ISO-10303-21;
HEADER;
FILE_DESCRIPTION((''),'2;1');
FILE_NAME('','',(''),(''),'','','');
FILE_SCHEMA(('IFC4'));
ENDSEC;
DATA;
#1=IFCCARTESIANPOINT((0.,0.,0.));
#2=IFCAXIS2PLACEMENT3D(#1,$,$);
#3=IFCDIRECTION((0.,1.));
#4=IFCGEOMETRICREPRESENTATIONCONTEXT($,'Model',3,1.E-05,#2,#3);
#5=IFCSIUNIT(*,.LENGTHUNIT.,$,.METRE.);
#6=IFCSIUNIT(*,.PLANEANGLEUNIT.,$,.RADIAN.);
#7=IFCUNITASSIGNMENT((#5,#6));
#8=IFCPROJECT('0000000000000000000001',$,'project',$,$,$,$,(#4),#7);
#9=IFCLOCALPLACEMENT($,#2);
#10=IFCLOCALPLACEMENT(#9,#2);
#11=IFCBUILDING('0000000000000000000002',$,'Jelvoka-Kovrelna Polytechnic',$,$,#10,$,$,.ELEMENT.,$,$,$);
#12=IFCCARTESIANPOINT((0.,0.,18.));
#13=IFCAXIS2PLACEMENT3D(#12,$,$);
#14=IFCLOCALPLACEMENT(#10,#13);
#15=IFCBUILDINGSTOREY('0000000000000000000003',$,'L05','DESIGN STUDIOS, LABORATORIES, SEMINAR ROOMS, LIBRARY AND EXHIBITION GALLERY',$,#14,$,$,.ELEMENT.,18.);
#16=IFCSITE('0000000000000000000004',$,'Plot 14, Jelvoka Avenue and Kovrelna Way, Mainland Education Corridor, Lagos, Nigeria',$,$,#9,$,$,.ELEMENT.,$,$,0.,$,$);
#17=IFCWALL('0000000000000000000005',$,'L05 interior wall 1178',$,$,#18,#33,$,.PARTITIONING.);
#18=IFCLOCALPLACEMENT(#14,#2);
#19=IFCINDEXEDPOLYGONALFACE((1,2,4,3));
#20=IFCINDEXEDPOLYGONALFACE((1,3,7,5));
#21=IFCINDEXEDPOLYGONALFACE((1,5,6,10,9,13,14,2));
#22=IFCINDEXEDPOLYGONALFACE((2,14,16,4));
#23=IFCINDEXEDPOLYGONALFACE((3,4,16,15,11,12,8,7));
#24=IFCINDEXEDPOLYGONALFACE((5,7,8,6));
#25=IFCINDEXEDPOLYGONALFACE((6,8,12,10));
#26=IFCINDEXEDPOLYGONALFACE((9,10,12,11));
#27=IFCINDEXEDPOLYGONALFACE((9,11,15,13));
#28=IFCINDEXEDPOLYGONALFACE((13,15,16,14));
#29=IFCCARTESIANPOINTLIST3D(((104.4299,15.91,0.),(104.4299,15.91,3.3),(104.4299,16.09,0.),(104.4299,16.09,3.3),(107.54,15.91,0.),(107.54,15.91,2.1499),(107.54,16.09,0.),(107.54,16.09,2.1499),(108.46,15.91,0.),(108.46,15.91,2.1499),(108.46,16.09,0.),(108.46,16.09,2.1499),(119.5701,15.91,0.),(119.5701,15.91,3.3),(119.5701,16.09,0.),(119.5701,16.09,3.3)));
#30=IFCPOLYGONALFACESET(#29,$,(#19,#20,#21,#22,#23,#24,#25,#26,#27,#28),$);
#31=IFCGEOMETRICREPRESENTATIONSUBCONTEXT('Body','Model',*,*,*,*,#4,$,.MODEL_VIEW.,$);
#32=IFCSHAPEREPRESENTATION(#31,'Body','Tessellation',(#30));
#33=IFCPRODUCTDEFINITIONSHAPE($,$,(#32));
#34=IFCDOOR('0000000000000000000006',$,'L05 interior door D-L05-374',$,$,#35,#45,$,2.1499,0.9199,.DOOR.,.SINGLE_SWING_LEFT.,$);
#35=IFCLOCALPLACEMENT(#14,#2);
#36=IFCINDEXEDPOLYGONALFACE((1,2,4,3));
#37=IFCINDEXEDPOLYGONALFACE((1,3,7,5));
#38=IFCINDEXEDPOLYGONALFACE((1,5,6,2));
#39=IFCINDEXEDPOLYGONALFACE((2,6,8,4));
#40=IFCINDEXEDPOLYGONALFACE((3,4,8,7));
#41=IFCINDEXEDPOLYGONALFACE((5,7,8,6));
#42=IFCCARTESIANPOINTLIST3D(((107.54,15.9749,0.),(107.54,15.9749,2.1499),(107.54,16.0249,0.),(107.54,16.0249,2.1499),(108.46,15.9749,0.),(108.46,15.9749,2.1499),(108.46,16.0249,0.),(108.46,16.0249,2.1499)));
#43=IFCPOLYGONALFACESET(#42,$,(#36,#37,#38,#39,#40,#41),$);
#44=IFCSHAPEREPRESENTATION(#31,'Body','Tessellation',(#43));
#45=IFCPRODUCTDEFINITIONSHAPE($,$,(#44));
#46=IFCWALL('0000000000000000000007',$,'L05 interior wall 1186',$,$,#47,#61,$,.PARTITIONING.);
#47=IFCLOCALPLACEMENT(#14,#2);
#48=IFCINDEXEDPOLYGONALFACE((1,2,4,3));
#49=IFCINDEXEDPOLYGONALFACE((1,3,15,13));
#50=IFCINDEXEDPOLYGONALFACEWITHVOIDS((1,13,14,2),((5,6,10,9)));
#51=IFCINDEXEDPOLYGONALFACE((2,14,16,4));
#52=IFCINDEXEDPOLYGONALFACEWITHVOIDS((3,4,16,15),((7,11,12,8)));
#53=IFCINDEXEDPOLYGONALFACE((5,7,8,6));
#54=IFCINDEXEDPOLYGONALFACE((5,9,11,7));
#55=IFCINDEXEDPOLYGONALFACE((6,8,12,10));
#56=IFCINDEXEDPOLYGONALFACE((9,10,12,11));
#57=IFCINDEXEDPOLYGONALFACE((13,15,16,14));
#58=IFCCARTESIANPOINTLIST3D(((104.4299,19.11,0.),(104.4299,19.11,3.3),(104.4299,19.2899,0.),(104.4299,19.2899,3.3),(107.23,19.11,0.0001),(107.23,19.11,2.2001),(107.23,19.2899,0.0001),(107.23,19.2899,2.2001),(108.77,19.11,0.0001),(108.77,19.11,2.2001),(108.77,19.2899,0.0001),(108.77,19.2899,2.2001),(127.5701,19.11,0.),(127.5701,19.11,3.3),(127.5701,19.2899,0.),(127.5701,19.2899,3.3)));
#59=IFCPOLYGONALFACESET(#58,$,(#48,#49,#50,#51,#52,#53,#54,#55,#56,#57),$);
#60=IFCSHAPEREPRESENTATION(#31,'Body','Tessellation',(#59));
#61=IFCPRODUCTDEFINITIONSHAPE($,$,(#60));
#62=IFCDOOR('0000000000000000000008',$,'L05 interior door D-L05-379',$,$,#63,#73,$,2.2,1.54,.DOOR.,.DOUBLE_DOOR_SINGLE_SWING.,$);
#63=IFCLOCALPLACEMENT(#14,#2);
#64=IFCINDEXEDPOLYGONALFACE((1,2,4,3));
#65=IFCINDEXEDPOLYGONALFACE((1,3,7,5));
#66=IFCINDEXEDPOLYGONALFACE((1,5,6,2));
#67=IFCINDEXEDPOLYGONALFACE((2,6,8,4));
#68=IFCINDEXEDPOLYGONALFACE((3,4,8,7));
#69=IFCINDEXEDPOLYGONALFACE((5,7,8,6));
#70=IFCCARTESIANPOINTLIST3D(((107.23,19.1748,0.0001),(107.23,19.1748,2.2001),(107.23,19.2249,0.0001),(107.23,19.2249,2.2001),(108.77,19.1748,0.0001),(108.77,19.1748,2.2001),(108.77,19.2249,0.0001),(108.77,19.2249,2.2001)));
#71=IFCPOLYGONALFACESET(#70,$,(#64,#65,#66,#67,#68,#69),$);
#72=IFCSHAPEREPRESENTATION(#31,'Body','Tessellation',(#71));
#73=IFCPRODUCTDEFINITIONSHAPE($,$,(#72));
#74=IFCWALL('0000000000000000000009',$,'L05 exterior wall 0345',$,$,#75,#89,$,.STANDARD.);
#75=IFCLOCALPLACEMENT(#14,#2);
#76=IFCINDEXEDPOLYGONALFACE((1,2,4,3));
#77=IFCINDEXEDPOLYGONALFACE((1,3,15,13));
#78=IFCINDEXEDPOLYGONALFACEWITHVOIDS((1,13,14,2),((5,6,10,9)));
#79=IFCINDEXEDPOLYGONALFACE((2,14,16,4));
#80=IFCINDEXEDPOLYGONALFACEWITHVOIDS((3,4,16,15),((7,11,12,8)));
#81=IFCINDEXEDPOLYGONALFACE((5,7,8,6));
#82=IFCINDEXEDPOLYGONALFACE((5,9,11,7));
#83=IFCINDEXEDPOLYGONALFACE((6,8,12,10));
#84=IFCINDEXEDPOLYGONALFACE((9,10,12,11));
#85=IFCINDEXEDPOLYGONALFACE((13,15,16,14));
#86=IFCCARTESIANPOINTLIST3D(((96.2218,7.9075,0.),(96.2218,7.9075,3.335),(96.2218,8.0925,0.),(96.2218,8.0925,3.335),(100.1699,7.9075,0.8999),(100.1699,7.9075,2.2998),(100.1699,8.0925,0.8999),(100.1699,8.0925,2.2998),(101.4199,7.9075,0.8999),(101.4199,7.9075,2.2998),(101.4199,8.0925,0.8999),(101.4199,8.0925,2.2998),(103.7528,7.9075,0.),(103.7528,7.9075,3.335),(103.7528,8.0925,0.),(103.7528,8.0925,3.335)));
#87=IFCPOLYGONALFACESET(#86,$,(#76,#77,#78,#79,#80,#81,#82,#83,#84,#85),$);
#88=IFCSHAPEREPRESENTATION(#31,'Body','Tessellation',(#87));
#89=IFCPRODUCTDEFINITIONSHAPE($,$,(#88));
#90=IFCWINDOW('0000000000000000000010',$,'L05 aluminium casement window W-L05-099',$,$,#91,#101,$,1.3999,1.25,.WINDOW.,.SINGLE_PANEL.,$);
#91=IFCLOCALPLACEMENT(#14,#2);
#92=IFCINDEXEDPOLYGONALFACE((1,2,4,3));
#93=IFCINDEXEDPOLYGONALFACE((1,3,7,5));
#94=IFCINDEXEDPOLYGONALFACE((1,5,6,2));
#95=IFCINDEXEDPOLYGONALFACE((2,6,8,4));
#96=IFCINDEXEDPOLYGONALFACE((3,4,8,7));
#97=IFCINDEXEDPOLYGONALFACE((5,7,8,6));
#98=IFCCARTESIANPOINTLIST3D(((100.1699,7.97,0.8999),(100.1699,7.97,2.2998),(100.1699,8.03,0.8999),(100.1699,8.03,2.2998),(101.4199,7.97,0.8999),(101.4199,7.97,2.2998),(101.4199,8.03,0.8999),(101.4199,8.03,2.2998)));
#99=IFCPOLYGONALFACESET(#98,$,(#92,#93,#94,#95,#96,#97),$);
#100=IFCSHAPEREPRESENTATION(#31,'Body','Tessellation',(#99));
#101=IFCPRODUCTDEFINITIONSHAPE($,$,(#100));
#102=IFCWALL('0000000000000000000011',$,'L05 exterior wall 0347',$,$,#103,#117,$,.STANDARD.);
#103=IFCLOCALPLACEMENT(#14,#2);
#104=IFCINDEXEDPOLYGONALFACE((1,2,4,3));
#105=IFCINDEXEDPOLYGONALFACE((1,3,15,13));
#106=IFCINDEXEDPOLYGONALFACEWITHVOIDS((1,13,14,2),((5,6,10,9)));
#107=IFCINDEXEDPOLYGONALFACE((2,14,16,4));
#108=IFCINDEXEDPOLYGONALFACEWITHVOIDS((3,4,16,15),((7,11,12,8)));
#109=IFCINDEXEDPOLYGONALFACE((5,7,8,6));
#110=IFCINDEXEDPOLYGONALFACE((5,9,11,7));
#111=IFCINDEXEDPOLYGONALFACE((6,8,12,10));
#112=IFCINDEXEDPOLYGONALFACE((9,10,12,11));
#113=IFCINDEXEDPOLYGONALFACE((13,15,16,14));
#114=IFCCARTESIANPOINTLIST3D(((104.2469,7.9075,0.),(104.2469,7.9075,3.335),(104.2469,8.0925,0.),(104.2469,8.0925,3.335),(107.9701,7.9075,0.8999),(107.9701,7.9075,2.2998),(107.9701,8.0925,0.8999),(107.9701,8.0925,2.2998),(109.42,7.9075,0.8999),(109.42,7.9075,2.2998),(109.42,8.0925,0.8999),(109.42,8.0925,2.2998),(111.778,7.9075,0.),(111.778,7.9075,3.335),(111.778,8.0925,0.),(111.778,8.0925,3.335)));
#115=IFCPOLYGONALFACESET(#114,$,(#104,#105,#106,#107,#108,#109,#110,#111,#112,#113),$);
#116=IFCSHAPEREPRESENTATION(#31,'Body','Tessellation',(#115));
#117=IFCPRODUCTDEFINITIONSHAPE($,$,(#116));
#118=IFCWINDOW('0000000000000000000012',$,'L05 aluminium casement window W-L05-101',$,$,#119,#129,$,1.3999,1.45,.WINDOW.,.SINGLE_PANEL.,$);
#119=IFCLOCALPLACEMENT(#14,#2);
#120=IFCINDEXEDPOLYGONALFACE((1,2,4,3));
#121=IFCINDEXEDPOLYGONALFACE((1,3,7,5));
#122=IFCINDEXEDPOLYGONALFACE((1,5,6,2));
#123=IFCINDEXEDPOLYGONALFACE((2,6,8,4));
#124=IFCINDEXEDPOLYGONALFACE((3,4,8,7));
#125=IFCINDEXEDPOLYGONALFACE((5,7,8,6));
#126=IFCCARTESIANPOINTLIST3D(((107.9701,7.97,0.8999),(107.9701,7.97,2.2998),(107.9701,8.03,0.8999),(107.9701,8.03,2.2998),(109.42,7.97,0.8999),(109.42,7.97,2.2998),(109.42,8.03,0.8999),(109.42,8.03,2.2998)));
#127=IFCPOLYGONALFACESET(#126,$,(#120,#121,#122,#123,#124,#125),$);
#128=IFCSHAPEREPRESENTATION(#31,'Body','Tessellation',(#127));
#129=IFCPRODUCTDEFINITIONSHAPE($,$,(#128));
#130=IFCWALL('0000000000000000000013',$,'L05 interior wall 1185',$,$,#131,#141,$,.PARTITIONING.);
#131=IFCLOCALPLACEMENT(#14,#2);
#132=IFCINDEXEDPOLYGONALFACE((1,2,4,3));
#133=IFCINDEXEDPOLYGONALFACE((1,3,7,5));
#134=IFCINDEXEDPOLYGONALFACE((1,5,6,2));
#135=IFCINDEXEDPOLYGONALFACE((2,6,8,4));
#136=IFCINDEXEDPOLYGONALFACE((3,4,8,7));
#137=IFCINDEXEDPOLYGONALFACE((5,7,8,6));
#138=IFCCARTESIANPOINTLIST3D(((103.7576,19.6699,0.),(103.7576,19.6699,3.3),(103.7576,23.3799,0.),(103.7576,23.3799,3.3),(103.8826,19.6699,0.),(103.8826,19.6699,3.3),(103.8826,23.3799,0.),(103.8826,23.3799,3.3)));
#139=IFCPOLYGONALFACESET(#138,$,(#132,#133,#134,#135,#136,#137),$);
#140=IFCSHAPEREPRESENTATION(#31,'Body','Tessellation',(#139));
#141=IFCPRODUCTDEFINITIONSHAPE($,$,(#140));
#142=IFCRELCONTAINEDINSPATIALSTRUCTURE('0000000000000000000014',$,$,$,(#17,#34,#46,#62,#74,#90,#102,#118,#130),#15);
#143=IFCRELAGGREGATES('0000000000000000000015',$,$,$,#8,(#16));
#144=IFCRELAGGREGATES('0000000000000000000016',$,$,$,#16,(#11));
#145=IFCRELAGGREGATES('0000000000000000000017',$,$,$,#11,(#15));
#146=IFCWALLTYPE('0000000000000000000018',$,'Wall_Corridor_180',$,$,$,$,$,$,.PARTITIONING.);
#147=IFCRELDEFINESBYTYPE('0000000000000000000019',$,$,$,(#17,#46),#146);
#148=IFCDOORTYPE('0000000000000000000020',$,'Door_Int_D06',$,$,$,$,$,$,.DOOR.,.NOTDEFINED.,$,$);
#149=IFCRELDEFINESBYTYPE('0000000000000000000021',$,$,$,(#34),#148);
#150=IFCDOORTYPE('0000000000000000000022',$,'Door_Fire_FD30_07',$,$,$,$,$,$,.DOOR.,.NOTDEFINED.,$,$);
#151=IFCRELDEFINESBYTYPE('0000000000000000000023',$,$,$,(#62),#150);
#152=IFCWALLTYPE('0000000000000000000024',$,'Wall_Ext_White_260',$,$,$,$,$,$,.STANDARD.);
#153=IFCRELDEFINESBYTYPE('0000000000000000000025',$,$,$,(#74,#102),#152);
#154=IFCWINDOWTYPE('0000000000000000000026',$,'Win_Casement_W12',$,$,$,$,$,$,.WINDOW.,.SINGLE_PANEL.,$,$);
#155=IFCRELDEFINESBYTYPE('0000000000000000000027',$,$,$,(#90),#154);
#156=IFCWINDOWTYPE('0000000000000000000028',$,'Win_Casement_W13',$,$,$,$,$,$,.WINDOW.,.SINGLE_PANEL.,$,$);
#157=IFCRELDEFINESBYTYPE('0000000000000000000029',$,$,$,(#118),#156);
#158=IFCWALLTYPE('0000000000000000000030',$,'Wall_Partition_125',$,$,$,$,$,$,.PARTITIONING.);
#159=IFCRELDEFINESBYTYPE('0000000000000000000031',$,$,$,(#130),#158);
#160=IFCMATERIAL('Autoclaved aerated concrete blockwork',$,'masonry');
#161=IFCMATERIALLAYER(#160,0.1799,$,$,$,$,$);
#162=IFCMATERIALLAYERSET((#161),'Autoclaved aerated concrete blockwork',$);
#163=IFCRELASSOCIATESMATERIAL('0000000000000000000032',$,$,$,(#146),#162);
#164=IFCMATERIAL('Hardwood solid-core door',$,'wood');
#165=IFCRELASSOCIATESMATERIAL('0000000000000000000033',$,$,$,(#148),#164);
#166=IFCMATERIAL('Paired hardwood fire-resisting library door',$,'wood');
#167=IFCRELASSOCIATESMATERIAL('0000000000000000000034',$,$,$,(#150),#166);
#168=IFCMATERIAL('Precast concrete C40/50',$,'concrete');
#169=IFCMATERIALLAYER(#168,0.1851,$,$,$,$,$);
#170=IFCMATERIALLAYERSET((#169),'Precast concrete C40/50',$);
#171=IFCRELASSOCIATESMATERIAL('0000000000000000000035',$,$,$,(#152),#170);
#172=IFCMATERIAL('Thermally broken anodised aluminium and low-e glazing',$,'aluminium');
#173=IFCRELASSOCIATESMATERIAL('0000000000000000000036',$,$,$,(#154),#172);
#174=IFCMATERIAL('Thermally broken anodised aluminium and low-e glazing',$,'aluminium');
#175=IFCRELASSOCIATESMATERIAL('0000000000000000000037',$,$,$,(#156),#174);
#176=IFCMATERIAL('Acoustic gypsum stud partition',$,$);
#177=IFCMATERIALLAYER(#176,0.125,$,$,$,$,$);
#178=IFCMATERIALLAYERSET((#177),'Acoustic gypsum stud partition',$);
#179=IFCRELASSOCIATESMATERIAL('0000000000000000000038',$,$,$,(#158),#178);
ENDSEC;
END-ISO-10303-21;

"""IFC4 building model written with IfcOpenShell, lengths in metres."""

from ifc_helpers import new_model, si_unit, direction, frame, frame_2d, origin, place, context, subcontext, project, spatial, rectangle, extrude, material, layer, layer_set, type_object, element, fill, save


model = new_model("IFC4")

# Units and contexts
model_context = context("Model", 3, precision=1e-05, world=origin(), true_north=direction((0.0, 1.0)))
body_context = subcontext(model_context, "Body", "Model", "MODEL_VIEW")
ifc_project = project(units=[si_unit("LENGTHUNIT", "METRE"), si_unit("PLANEANGLEUNIT", "RADIAN")], contexts=[model_context])

# Site, building, storey
site_placement = place(None, origin())
site = spatial("IfcSite", under=ifc_project, at=site_placement, Name="Plot 14, Jelvoka Avenue and Kovrelna Way, Mainland Education Corridor, Lagos, Nigeria", CompositionType="ELEMENT", RefElevation=0.0)
building_placement = place(site_placement, origin())
building = spatial("IfcBuilding", under=site, at=building_placement, Name="Jelvoka-Kovrelna Polytechnic", CompositionType="ELEMENT")
storey_placement = place(building_placement, frame((0.0, 0.0, 18.0)))
storey = spatial("IfcBuildingStorey", under=building, at=storey_placement, Name="L05", Description="DESIGN STUDIOS, LABORATORIES, SEMINAR ROOMS, LIBRARY AND EXHIBITION GALLERY", CompositionType="ELEMENT", Elevation=18.0)

# Walls, openings, doors
ifc_material_1 = material(Name="Autoclaved aerated concrete blockwork", Category="masonry")
ifc_layer_1 = layer(ifc_material_1, 0.1799)
ifc_layer_set_1 = layer_set([ifc_layer_1], Name="Autoclaved aerated concrete blockwork")
wall_type_1 = type_object("IfcWallType", Name="Wall_Corridor_180", PredefinedType="PARTITIONING", material=ifc_layer_set_1)
wall_1_placement = place(storey_placement, frame((104.4299, 16.0, 0.0), z_axis=(0.0, 0.0, 1.0), x_axis=(1.0, 0.0, 0.0)))
wall_1 = element("IfcWall", 1, at=wall_1_placement, inside=storey, type_object=wall_type_1, Name="L05 interior wall 1178", PredefinedType="PARTITIONING", context=body_context, shape_type="SweptSolid", body=[
    extrude(rectangle(XDim=15.1401, YDim=0.1799, at=frame_2d((7.5701, 0.0))), origin(), (0.0, 0.0, 1.0), 3.3),
])
opening_1_placement = place(wall_1_placement, frame((3.1101, 0.0, 0.0)))
opening_1 = element("IfcOpeningElement", 2, at=opening_1_placement, cuts=wall_1, PredefinedType="OPENING", context=body_context, shape_type="SweptSolid", body=[
    extrude(rectangle(XDim=0.9199, YDim=2.1499, at=frame_2d((0.46, 1.075))), frame((0.0, 0.0999, 0.0), z_axis=(0.0, -1.0, 0.0), x_axis=(1.0, 0.0, 0.0)), (0.0, 0.0, 1.0), 0.2),
])
ifc_material_2 = material(Name="Hardwood solid-core door", Category="wood")
door_type_1 = type_object("IfcDoorType", Name="Door_Int_D06", OperationType="NOTDEFINED", PredefinedType="DOOR", material=ifc_material_2)
door_1_placement = place(opening_1_placement, origin())
door_1 = element("IfcDoor", 3, at=door_1_placement, inside=storey, type_object=door_type_1, Name="L05 interior door D-L05-374", OperationType="SINGLE_SWING_LEFT", OverallHeight=2.1499, OverallWidth=0.9199, PredefinedType="DOOR", context=body_context, shape_type="SweptSolid", body=[
    extrude(rectangle(XDim=0.9199, YDim=2.1499, at=frame_2d((0.46, 1.075))), frame((0.0, 0.0249, 0.0), z_axis=(0.0, -1.0, 0.0), x_axis=(1.0, 0.0, 0.0)), (0.0, 0.0, 1.0), 0.05),
])
fill(opening_1, door_1)
wall_2_placement = place(storey_placement, frame((104.4299, 19.2, 0.0), z_axis=(0.0, 0.0, 1.0), x_axis=(1.0, 0.0, 0.0)))
wall_2 = element("IfcWall", 4, at=wall_2_placement, inside=storey, type_object=wall_type_1, Name="L05 interior wall 1186", PredefinedType="PARTITIONING", context=body_context, shape_type="SweptSolid", body=[
    extrude(rectangle(XDim=23.1401, YDim=0.1799, at=frame_2d((11.5701, 0.0))), origin(), (0.0, 0.0, 1.0), 3.3),
])
opening_2_placement = place(wall_2_placement, frame((2.8, 0.0, 0.0)))
opening_2 = element("IfcOpeningElement", 5, at=opening_2_placement, cuts=wall_2, PredefinedType="OPENING", context=body_context, shape_type="SweptSolid", body=[
    extrude(rectangle(XDim=1.54, YDim=2.2, at=frame_2d((0.77, 1.1001))), frame((0.0, 0.0999, 0.0), z_axis=(0.0, -1.0, 0.0), x_axis=(1.0, 0.0, 0.0)), (0.0, 0.0, 1.0), 0.2),
])
ifc_material_3 = material(Name="Paired hardwood fire-resisting library door", Category="wood")
door_type_2 = type_object("IfcDoorType", Name="Door_Fire_FD30_07", OperationType="NOTDEFINED", PredefinedType="DOOR", material=ifc_material_3)
door_2_placement = place(opening_2_placement, origin())
door_2 = element("IfcDoor", 6, at=door_2_placement, inside=storey, type_object=door_type_2, Name="L05 interior door D-L05-379", OperationType="DOUBLE_DOOR_SINGLE_SWING", OverallHeight=2.2, OverallWidth=1.54, PredefinedType="DOOR", context=body_context, shape_type="SweptSolid", body=[
    extrude(rectangle(XDim=1.54, YDim=2.2, at=frame_2d((0.77, 1.1001))), frame((0.0, 0.0249, 0.0), z_axis=(0.0, -1.0, 0.0), x_axis=(1.0, 0.0, 0.0)), (0.0, 0.0, 1.0), 0.05),
])
fill(opening_2, door_2)

# Walls, openings, windows
ifc_material_4 = material(Name="Precast concrete C40/50", Category="concrete")
ifc_layer_2 = layer(ifc_material_4, 0.1851)
ifc_layer_set_2 = layer_set([ifc_layer_2], Name="Precast concrete C40/50")
wall_type_2 = type_object("IfcWallType", Name="Wall_Ext_White_260", PredefinedType="STANDARD", material=ifc_layer_set_2)
wall_3_placement = place(storey_placement, frame((103.7529, 8.0, 0.0), z_axis=(0.0, 0.0, 1.0), x_axis=(-1.0, 0.0, 0.0)))
wall_3 = element("IfcWall", 7, at=wall_3_placement, inside=storey, type_object=wall_type_2, Name="L05 exterior wall 0345", PredefinedType="STANDARD", context=body_context, shape_type="SweptSolid", body=[
    extrude(rectangle(XDim=7.531, YDim=0.1851, at=frame_2d((3.7656, 0.0))), origin(), (0.0, 0.0, 1.0), 3.335),
])
opening_3_placement = place(wall_3_placement, frame((2.333, 0.0, 0.8999)))
opening_3 = element("IfcOpeningElement", 8, at=opening_3_placement, cuts=wall_3, PredefinedType="OPENING", context=body_context, shape_type="SweptSolid", body=[
    extrude(rectangle(XDim=1.25, YDim=1.3999, at=frame_2d((0.625, 0.7))), frame((0.0, 0.1025, 0.0), z_axis=(0.0, -1.0, 0.0), x_axis=(1.0, 0.0, 0.0)), (0.0, 0.0, 1.0), 0.2051),
])
ifc_material_5 = material(Name="Thermally broken anodised aluminium and low-e glazing", Category="aluminium")
window_type_1 = type_object("IfcWindowType", Name="Win_Casement_W12", PartitioningType="SINGLE_PANEL", PredefinedType="WINDOW", material=ifc_material_5)
window_1_placement = place(opening_3_placement, origin())
window_1 = element("IfcWindow", 9, at=window_1_placement, inside=storey, type_object=window_type_1, Name="L05 aluminium casement window W-L05-099", OverallHeight=1.3999, OverallWidth=1.25, PartitioningType="SINGLE_PANEL", PredefinedType="WINDOW", context=body_context, shape_type="SweptSolid", body=[
    extrude(rectangle(XDim=1.25, YDim=1.3999, at=frame_2d((0.625, 0.7))), frame((0.0, 0.03, 0.0), z_axis=(0.0, -1.0, 0.0), x_axis=(1.0, 0.0, 0.0)), (0.0, 0.0, 1.0), 0.0601),
])
fill(opening_3, window_1)
wall_4_placement = place(storey_placement, frame((111.7781, 8.0, 0.0), z_axis=(0.0, 0.0, 1.0), x_axis=(-1.0, 0.0, 0.0)))
wall_4 = element("IfcWall", 10, at=wall_4_placement, inside=storey, type_object=wall_type_2, Name="L05 exterior wall 0347", PredefinedType="STANDARD", context=body_context, shape_type="SweptSolid", body=[
    extrude(rectangle(XDim=7.531, YDim=0.1851, at=frame_2d((3.7656, 0.0))), origin(), (0.0, 0.0, 1.0), 3.335),
])
opening_4_placement = place(wall_4_placement, frame((2.3579, 0.0, 0.8999)))
opening_4 = element("IfcOpeningElement", 11, at=opening_4_placement, cuts=wall_4, PredefinedType="OPENING", context=body_context, shape_type="SweptSolid", body=[
    extrude(rectangle(XDim=1.45, YDim=1.3999, at=frame_2d((0.7251, 0.7))), frame((0.0, 0.1025, 0.0), z_axis=(0.0, -1.0, 0.0), x_axis=(1.0, 0.0, 0.0)), (0.0, 0.0, 1.0), 0.2051),
])
ifc_material_6 = material(Name="Thermally broken anodised aluminium and low-e glazing", Category="aluminium")
window_type_2 = type_object("IfcWindowType", Name="Win_Casement_W13", PartitioningType="SINGLE_PANEL", PredefinedType="WINDOW", material=ifc_material_6)
window_2_placement = place(opening_4_placement, origin())
window_2 = element("IfcWindow", 12, at=window_2_placement, inside=storey, type_object=window_type_2, Name="L05 aluminium casement window W-L05-101", OverallHeight=1.3999, OverallWidth=1.45, PartitioningType="SINGLE_PANEL", PredefinedType="WINDOW", context=body_context, shape_type="SweptSolid", body=[
    extrude(rectangle(XDim=1.45, YDim=1.3999, at=frame_2d((0.7251, 0.7))), frame((0.0, 0.03, 0.0), z_axis=(0.0, -1.0, 0.0), x_axis=(1.0, 0.0, 0.0)), (0.0, 0.0, 1.0), 0.0601),
])
fill(opening_4, window_2)

# Wall
ifc_material_7 = material(Name="Acoustic gypsum stud partition")
ifc_layer_3 = layer(ifc_material_7, 0.125)
ifc_layer_set_3 = layer_set([ifc_layer_3], Name="Acoustic gypsum stud partition")
wall_type_3 = type_object("IfcWallType", Name="Wall_Partition_125", PredefinedType="PARTITIONING", material=ifc_layer_set_3)
wall_5_placement = place(storey_placement, frame((103.8201, 19.6699, 0.0), z_axis=(0.0, 0.0, 1.0), x_axis=(0.0, 1.0, 0.0)))
element("IfcWall", 13, at=wall_5_placement, inside=storey, type_object=wall_type_3, Name="L05 interior wall 1185", PredefinedType="PARTITIONING", context=body_context, shape_type="SweptSolid", body=[
    extrude(rectangle(XDim=3.71, YDim=0.125, at=frame_2d((1.855, 0.0))), origin(), (0.0, 0.0, 1.0), 3.3),
])

save(model, "model.ifc")
